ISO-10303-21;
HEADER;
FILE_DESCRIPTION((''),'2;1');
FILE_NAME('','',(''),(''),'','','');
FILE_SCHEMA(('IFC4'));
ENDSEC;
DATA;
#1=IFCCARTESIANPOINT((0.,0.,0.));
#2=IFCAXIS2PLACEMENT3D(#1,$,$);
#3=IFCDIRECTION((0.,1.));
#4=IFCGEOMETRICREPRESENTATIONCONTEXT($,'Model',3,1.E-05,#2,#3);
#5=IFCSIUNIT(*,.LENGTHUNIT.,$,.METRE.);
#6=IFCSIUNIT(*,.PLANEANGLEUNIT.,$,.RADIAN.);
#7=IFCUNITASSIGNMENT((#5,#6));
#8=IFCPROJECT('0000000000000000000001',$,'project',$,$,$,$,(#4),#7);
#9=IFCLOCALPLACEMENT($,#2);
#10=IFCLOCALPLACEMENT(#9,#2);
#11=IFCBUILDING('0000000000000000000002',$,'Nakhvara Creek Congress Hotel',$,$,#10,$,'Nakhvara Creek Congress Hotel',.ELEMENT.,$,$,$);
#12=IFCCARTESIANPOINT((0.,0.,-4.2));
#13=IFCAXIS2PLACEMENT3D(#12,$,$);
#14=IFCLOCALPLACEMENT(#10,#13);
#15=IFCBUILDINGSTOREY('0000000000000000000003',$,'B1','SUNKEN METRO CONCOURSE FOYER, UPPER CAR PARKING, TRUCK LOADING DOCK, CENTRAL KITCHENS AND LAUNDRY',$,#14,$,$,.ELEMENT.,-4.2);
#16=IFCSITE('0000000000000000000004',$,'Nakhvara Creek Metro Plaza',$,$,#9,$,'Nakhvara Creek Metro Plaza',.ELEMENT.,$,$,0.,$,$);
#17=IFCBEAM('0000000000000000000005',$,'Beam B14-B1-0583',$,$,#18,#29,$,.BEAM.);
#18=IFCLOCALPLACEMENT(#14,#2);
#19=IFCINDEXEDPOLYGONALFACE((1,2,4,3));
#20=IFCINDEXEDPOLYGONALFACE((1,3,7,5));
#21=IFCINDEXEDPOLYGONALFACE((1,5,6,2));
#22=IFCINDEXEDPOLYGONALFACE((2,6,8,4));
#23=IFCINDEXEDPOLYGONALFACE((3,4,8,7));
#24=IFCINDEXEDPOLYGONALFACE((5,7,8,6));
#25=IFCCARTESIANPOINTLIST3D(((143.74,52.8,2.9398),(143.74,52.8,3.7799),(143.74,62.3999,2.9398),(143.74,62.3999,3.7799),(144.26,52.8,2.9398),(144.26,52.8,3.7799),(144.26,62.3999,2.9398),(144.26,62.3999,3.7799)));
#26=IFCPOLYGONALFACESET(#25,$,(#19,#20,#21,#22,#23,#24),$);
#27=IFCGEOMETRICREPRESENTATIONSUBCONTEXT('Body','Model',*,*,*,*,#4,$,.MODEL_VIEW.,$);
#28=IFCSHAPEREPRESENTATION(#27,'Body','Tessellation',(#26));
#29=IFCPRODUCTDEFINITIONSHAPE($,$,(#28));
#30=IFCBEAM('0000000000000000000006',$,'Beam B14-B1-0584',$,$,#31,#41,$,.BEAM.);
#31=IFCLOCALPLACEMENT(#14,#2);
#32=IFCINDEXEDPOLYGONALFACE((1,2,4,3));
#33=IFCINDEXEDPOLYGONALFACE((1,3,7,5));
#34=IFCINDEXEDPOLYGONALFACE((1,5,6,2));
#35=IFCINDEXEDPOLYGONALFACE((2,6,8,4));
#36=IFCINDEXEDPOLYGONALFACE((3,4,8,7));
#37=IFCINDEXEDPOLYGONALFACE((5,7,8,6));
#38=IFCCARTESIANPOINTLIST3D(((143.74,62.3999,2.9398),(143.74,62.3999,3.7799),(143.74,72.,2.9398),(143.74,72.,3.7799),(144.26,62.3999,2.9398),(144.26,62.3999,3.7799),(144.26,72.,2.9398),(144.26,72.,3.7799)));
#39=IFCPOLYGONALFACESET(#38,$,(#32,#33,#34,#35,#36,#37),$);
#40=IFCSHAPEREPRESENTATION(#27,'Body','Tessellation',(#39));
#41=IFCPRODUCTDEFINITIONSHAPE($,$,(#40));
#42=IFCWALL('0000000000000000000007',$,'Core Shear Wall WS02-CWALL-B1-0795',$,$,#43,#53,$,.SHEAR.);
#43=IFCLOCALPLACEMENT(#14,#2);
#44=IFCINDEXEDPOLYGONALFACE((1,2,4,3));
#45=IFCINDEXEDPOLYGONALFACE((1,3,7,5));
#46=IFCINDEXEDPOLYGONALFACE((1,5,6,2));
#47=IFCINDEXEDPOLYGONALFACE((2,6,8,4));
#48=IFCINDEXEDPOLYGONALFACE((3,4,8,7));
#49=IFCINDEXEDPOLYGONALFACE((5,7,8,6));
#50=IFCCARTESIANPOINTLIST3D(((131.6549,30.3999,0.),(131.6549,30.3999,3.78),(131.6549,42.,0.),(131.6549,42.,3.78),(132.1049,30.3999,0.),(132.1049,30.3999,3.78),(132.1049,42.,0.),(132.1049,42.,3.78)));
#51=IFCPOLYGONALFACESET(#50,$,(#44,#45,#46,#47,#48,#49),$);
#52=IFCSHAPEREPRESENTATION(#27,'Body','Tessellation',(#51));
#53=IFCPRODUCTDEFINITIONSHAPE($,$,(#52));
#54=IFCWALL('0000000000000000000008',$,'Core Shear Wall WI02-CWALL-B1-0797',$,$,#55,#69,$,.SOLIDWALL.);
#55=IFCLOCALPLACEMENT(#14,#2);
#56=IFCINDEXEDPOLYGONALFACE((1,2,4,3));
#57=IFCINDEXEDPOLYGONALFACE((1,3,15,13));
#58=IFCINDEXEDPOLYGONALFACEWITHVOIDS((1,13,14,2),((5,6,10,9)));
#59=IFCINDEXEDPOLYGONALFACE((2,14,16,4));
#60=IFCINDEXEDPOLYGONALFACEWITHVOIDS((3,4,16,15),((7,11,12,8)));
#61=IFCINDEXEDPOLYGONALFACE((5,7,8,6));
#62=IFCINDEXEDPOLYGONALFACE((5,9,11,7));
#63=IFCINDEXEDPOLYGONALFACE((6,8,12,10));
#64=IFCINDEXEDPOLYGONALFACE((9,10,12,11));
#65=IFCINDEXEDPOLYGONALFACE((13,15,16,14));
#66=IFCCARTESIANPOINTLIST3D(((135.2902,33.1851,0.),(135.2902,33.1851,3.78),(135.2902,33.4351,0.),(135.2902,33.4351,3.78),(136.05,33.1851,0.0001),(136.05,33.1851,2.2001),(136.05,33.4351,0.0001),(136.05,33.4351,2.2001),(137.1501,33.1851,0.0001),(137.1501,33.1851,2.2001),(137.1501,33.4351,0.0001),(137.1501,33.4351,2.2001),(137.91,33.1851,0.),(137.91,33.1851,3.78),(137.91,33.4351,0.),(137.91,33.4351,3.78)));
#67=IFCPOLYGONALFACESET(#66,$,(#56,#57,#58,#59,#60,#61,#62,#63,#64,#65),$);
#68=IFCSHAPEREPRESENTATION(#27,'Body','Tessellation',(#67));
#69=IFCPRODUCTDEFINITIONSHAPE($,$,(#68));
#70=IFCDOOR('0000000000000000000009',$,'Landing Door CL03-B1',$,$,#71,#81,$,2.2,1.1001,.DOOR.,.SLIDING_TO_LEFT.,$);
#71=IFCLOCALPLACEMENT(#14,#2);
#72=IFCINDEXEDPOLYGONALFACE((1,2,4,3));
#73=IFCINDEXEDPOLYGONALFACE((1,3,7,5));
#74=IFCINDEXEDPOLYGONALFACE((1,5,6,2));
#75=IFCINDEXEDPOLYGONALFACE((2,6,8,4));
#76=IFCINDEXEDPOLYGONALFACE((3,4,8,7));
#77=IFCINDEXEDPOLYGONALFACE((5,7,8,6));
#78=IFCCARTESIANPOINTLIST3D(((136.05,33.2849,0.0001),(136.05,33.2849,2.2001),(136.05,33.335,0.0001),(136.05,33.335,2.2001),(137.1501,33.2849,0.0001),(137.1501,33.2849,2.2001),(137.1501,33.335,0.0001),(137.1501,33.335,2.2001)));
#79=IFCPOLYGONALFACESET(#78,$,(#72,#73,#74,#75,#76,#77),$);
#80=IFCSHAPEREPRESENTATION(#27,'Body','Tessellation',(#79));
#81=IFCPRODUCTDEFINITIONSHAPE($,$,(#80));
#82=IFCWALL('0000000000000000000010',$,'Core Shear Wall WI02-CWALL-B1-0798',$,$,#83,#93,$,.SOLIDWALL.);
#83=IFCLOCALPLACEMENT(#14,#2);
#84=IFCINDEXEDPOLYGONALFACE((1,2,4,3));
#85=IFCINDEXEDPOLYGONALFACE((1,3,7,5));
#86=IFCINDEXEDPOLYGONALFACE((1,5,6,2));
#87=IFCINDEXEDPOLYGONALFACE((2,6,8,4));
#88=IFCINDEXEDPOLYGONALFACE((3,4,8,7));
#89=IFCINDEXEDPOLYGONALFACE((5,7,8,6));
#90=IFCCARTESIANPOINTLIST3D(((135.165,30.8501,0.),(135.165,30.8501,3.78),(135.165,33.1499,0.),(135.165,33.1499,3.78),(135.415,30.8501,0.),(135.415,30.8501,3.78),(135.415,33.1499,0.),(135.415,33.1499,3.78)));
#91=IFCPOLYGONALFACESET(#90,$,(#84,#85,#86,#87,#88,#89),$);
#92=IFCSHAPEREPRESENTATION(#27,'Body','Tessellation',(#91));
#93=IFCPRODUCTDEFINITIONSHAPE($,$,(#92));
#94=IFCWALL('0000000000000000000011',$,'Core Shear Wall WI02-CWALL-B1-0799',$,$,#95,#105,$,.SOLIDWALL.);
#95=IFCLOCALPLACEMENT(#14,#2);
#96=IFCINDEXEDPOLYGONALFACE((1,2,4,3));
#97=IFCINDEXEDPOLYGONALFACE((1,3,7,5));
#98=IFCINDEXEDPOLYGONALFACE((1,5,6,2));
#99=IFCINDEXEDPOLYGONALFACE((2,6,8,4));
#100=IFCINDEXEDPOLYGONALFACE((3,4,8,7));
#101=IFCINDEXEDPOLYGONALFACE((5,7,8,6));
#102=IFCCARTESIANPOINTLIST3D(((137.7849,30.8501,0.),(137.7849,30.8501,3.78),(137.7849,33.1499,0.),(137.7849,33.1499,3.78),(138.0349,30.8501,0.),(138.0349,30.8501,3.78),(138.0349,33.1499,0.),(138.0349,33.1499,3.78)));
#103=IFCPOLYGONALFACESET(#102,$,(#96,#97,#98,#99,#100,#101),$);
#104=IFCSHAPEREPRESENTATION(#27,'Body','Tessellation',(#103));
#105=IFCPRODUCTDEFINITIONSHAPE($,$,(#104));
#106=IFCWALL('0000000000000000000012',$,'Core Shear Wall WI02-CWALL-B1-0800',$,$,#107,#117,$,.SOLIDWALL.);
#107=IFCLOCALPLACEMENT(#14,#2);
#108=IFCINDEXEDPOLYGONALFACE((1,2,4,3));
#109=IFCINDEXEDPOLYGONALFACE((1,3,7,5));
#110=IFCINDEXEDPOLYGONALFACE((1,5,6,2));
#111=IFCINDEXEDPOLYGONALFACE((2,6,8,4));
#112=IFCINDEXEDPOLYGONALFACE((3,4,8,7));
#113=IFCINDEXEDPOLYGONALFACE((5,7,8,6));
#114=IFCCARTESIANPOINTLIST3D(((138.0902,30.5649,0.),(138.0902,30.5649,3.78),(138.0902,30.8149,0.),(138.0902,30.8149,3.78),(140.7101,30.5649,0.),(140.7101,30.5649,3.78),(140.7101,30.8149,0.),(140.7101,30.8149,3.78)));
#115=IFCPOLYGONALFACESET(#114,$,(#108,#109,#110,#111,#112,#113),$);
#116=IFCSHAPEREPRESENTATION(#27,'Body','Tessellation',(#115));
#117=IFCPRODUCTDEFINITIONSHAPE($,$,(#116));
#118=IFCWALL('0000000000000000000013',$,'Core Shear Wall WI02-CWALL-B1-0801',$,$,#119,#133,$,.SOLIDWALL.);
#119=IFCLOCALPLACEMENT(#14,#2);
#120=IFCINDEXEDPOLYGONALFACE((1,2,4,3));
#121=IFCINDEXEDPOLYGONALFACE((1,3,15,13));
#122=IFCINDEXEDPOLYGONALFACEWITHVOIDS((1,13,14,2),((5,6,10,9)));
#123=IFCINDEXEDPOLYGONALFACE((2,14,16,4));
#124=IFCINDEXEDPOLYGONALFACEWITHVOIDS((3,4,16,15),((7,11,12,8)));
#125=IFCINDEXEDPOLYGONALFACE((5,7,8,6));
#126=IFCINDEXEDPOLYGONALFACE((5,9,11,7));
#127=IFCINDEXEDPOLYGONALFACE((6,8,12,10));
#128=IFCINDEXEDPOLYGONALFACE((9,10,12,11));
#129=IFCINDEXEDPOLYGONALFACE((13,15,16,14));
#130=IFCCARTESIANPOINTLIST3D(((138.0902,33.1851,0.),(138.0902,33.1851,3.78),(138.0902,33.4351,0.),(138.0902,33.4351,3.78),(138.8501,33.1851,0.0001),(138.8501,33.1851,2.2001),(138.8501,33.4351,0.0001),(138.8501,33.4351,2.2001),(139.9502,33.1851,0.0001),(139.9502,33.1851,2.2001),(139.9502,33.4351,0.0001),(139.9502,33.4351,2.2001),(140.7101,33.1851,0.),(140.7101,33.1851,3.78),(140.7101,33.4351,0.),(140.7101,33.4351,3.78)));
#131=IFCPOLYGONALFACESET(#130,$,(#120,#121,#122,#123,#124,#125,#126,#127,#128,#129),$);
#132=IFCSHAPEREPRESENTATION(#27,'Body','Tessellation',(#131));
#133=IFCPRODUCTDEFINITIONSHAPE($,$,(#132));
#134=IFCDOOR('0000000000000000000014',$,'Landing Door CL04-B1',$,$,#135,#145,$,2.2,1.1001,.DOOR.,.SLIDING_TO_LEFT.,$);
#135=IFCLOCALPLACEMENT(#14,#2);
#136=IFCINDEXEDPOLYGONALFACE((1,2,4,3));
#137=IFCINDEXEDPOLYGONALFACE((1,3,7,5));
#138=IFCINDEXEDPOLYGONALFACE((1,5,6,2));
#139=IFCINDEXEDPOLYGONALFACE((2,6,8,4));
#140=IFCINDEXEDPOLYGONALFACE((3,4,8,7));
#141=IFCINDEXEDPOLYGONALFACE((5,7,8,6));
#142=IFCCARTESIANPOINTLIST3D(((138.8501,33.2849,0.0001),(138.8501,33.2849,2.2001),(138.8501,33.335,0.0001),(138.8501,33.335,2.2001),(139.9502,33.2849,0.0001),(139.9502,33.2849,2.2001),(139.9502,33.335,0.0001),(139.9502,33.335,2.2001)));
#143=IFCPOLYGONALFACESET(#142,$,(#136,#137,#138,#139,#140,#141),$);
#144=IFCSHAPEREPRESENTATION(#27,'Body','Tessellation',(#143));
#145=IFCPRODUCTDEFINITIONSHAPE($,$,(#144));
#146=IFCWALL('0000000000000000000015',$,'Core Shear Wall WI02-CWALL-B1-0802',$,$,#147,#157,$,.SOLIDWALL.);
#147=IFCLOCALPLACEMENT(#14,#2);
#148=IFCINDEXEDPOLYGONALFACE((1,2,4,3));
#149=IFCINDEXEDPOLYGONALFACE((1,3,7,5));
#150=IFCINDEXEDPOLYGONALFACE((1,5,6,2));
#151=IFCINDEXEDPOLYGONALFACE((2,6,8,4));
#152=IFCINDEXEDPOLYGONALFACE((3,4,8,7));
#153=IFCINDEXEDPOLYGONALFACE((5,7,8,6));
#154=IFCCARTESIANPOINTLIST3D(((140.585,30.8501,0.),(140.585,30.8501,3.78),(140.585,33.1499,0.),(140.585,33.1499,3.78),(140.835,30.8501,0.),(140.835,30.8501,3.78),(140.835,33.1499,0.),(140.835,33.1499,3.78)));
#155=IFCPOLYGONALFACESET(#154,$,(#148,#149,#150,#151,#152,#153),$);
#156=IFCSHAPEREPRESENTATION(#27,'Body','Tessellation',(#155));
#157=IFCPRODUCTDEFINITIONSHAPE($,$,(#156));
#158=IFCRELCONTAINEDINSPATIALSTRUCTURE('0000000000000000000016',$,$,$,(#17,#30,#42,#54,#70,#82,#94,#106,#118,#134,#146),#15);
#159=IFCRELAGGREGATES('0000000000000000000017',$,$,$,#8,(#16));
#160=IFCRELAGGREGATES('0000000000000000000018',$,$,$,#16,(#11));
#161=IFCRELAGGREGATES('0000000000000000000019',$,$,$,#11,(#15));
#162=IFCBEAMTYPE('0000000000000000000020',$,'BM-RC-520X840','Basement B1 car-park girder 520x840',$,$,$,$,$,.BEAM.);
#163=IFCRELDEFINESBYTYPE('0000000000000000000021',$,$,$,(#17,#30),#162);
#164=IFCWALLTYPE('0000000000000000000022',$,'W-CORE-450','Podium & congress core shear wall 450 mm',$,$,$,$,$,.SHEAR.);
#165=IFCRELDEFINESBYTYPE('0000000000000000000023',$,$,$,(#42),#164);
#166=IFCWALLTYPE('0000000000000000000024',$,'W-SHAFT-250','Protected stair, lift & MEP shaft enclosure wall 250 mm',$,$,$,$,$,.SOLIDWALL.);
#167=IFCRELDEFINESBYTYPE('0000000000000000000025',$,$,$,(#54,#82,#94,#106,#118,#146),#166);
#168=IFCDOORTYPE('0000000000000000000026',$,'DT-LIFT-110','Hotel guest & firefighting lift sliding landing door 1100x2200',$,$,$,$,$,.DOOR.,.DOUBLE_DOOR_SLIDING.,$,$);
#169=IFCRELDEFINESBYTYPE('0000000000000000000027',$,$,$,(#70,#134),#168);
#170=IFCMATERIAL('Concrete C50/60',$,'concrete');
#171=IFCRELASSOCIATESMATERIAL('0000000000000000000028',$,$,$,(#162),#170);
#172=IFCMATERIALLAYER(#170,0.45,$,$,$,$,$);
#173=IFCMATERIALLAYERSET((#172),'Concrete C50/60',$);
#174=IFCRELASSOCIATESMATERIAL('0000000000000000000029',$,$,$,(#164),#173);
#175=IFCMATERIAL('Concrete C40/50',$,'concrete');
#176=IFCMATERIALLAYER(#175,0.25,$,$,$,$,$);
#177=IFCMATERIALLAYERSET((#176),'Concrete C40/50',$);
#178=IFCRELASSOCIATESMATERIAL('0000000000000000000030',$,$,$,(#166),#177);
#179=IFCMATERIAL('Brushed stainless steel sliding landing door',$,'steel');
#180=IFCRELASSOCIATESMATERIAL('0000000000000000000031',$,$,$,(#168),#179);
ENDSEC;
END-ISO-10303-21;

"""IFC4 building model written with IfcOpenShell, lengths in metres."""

from ifc_helpers import new_model, si_unit, direction, frame, frame_2d, origin, origin_2d, place, context, subcontext, project, spatial, rectangle, extrude, material, layer, layer_set, material_profile, profile_set, type_object, element, fill, save


model = new_model("IFC4")

# Units and contexts
model_context = context("Model", 3, precision=1e-05, world=origin(), true_north=direction((0.0, 1.0)))
body_context = subcontext(model_context, "Body", "Model", "MODEL_VIEW")
ifc_project = project(units=[si_unit("LENGTHUNIT", "METRE"), si_unit("PLANEANGLEUNIT", "RADIAN")], contexts=[model_context])

# Site, building, storey
site_placement = place(None, origin())
site = spatial("IfcSite", under=ifc_project, at=site_placement, Name="Nakhvara Creek Metro Plaza", LongName="Nakhvara Creek Metro Plaza", CompositionType="ELEMENT", RefElevation=0.0)
building_placement = place(site_placement, origin())
building = spatial("IfcBuilding", under=site, at=building_placement, Name="Nakhvara Creek Congress Hotel", LongName="Nakhvara Creek Congress Hotel", CompositionType="ELEMENT")
storey_placement = place(building_placement, frame((0.0, 0.0, -4.2)))
storey = spatial("IfcBuildingStorey", under=building, at=storey_placement, Name="B1", Description="SUNKEN METRO CONCOURSE FOYER, UPPER CAR PARKING, TRUCK LOADING DOCK, CENTRAL KITCHENS AND LAUNDRY", CompositionType="ELEMENT", Elevation=-4.2)

# Shared definitions
ifc_material_1 = material(Name="Concrete C50/60", Category="concrete")

# Beams
ifc_material_profile_1 = material_profile(ifc_material_1, rectangle(XDim=0.52, YDim=0.8401, at=origin_2d()), Name="RC-BM 520x840", Category="LoadBearing")
ifc_profile_set_1 = profile_set([ifc_material_profile_1], Name="Concrete C50/60")
beam_type = type_object("IfcBeamType", Name="BM-RC-520X840", Description="Basement B1 car-park girder 520x840", PredefinedType="BEAM", material=ifc_profile_set_1)
beam_1_placement = place(storey_placement, frame((144.0, 52.8, 3.3599), z_axis=(0.0, 1.0, 0.0), x_axis=(-1.0, 0.0, 0.0)))
element("IfcBeam", 1, at=beam_1_placement, inside=storey, type_object=beam_type, Name="Beam B14-B1-0583", PredefinedType="BEAM", context=body_context, shape_type="SweptSolid", body=[
    extrude(rectangle(XDim=0.52, YDim=0.8401, at=origin_2d()), origin(), (0.0, 0.0, 1.0), 9.5999),
])
beam_2_placement = place(storey_placement, frame((144.0, 62.3999, 3.3599), z_axis=(0.0, 1.0, 0.0), x_axis=(-1.0, 0.0, 0.0)))
element("IfcBeam", 2, at=beam_2_placement, inside=storey, type_object=beam_type, Name="Beam B14-B1-0584", PredefinedType="BEAM", context=body_context, shape_type="SweptSolid", body=[
    extrude(rectangle(XDim=0.52, YDim=0.8401, at=origin_2d()), origin(), (0.0, 0.0, 1.0), 9.6001),
])

# Wall
ifc_layer_1 = layer(ifc_material_1, 0.45)
ifc_layer_set_1 = layer_set([ifc_layer_1], Name="Concrete C50/60")
wall_type_1 = type_object("IfcWallType", Name="W-CORE-450", Description="Podium & congress core shear wall 450 mm", PredefinedType="SHEAR", material=ifc_layer_set_1)
wall_1_placement = place(storey_placement, frame((131.8799, 30.3999, 0.0), z_axis=(0.0, 0.0, 1.0), x_axis=(0.0, 1.0, 0.0)))
element("IfcWall", 3, at=wall_1_placement, inside=storey, type_object=wall_type_1, Name="Core Shear Wall WS02-CWALL-B1-0795", PredefinedType="SHEAR", context=body_context, shape_type="SweptSolid", body=[
    extrude(rectangle(XDim=11.6001, YDim=0.45, at=frame_2d((5.8, 0.0))), origin(), (0.0, 0.0, 1.0), 3.78),
])
ifc_material_2 = material(Name="Concrete C40/50", Category="concrete")
ifc_layer_2 = layer(ifc_material_2, 0.25)
ifc_layer_set_2 = layer_set([ifc_layer_2], Name="Concrete C40/50")
wall_type_2 = type_object("IfcWallType", Name="W-SHAFT-250", Description="Protected stair, lift & MEP shaft enclosure wall 250 mm", PredefinedType="SOLIDWALL", material=ifc_layer_set_2)

# Wall, opening, door
wall_2_placement = place(storey_placement, frame((135.29, 33.3101, 0.0), z_axis=(0.0, 0.0, 1.0), x_axis=(1.0, 0.0, 0.0)))
wall_2 = element("IfcWall", 4, at=wall_2_placement, inside=storey, type_object=wall_type_2, Name="Core Shear Wall WI02-CWALL-B1-0797", PredefinedType="SOLIDWALL", context=body_context, shape_type="SweptSolid", body=[
    extrude(rectangle(XDim=2.6199, YDim=0.25, at=frame_2d((1.3101, 0.0))), origin(), (0.0, 0.0, 1.0), 3.78),
])
opening_1_placement = place(wall_2_placement, frame((0.76, 0.0, 0.0)))
opening_1 = element("IfcOpeningElement", 5, at=opening_1_placement, cuts=wall_2, PredefinedType="OPENING", context=body_context, shape_type="SweptSolid", body=[
    extrude(rectangle(XDim=1.1001, YDim=2.2, at=frame_2d((0.55, 1.1001))), frame((0.0, 0.137, 0.0), z_axis=(0.0, -1.0, 0.0), x_axis=(1.0, 0.0, 0.0)), (0.0, 0.0, 1.0), 0.2739),
])
ifc_material_3 = material(Name="Brushed stainless steel sliding landing door", Category="steel")
door_type = type_object("IfcDoorType", Name="DT-LIFT-110", Description="Hotel guest & firefighting lift sliding landing door 1100x2200", OperationType="DOUBLE_DOOR_SLIDING", PredefinedType="DOOR", material=ifc_material_3)
door_1_placement = place(opening_1_placement, origin())
door_1 = element("IfcDoor", 6, at=door_1_placement, inside=storey, type_object=door_type, Name="Landing Door CL03-B1", OperationType="SLIDING_TO_LEFT", OverallHeight=2.2, OverallWidth=1.1001, PredefinedType="DOOR", context=body_context, shape_type="SweptSolid", body=[
    extrude(rectangle(XDim=1.1001, YDim=2.2, at=frame_2d((0.55, 1.1001))), frame((0.0, 0.0249, 0.0), z_axis=(0.0, -1.0, 0.0), x_axis=(1.0, 0.0, 0.0)), (0.0, 0.0, 1.0), 0.05),
])
fill(opening_1, door_1)

# Walls
for number, where, z_axis, x_axis, name in (
    (7, (135.29, 30.8501, 0.0), (0.0, 0.0, 1.0), (0.0, 1.0, 0.0), "Core Shear Wall WI02-CWALL-B1-0798"),
    (8, (137.9099, 30.8501, 0.0), (0.0, 0.0, 1.0), (0.0, 1.0, 0.0), "Core Shear Wall WI02-CWALL-B1-0799"),
):
    element("IfcWall", number, at=place(storey_placement, frame(where, z_axis=z_axis, x_axis=x_axis)), inside=storey, type_object=wall_type_2, Name=name, PredefinedType="SOLIDWALL", context=body_context, shape_type="SweptSolid", body=[
        extrude(rectangle(XDim=2.2998, YDim=0.25, at=frame_2d((1.1499, 0.0))), origin(), (0.0, 0.0, 1.0), 3.78),
    ])
wall_3_placement = place(storey_placement, frame((138.0901, 30.6899, 0.0), z_axis=(0.0, 0.0, 1.0), x_axis=(1.0, 0.0, 0.0)))
element("IfcWall", 9, at=wall_3_placement, inside=storey, type_object=wall_type_2, Name="Core Shear Wall WI02-CWALL-B1-0800", PredefinedType="SOLIDWALL", context=body_context, shape_type="SweptSolid", body=[
    extrude(rectangle(XDim=2.6199, YDim=0.25, at=frame_2d((1.3101, 0.0))), origin(), (0.0, 0.0, 1.0), 3.78),
])

# Wall, opening, door
wall_4_placement = place(storey_placement, frame((138.0901, 33.3101, 0.0), z_axis=(0.0, 0.0, 1.0), x_axis=(1.0, 0.0, 0.0)))
wall_4 = element("IfcWall", 10, at=wall_4_placement, inside=storey, type_object=wall_type_2, Name="Core Shear Wall WI02-CWALL-B1-0801", PredefinedType="SOLIDWALL", context=body_context, shape_type="SweptSolid", body=[
    extrude(rectangle(XDim=2.6199, YDim=0.25, at=frame_2d((1.3101, 0.0))), origin(), (0.0, 0.0, 1.0), 3.78),
])
opening_2_placement = place(wall_4_placement, frame((0.76, 0.0, 0.0)))
opening_2 = element("IfcOpeningElement", 11, at=opening_2_placement, cuts=wall_4, PredefinedType="OPENING", context=body_context, shape_type="SweptSolid", body=[
    extrude(rectangle(XDim=1.1001, YDim=2.2, at=frame_2d((0.55, 1.1001))), frame((0.0, 0.137, 0.0), z_axis=(0.0, -1.0, 0.0), x_axis=(1.0, 0.0, 0.0)), (0.0, 0.0, 1.0), 0.2739),
])
door_2_placement = place(opening_2_placement, origin())
door_2 = element("IfcDoor", 12, at=door_2_placement, inside=storey, type_object=door_type, Name="Landing Door CL04-B1", OperationType="SLIDING_TO_LEFT", OverallHeight=2.2, OverallWidth=1.1001, PredefinedType="DOOR", context=body_context, shape_type="SweptSolid", body=[
    extrude(rectangle(XDim=1.1001, YDim=2.2, at=frame_2d((0.55, 1.1001))), frame((0.0, 0.0249, 0.0), z_axis=(0.0, -1.0, 0.0), x_axis=(1.0, 0.0, 0.0)), (0.0, 0.0, 1.0), 0.05),
])
fill(opening_2, door_2)

# Wall
wall_5_placement = place(storey_placement, frame((140.71, 30.8501, 0.0), z_axis=(0.0, 0.0, 1.0), x_axis=(0.0, 1.0, 0.0)))
element("IfcWall", 13, at=wall_5_placement, inside=storey, type_object=wall_type_2, Name="Core Shear Wall WI02-CWALL-B1-0802", PredefinedType="SOLIDWALL", context=body_context, shape_type="SweptSolid", body=[
    extrude(rectangle(XDim=2.2998, YDim=0.25, at=frame_2d((1.1499, 0.0))), origin(), (0.0, 0.0, 1.0), 3.78),
])

save(model, "model.ifc")
